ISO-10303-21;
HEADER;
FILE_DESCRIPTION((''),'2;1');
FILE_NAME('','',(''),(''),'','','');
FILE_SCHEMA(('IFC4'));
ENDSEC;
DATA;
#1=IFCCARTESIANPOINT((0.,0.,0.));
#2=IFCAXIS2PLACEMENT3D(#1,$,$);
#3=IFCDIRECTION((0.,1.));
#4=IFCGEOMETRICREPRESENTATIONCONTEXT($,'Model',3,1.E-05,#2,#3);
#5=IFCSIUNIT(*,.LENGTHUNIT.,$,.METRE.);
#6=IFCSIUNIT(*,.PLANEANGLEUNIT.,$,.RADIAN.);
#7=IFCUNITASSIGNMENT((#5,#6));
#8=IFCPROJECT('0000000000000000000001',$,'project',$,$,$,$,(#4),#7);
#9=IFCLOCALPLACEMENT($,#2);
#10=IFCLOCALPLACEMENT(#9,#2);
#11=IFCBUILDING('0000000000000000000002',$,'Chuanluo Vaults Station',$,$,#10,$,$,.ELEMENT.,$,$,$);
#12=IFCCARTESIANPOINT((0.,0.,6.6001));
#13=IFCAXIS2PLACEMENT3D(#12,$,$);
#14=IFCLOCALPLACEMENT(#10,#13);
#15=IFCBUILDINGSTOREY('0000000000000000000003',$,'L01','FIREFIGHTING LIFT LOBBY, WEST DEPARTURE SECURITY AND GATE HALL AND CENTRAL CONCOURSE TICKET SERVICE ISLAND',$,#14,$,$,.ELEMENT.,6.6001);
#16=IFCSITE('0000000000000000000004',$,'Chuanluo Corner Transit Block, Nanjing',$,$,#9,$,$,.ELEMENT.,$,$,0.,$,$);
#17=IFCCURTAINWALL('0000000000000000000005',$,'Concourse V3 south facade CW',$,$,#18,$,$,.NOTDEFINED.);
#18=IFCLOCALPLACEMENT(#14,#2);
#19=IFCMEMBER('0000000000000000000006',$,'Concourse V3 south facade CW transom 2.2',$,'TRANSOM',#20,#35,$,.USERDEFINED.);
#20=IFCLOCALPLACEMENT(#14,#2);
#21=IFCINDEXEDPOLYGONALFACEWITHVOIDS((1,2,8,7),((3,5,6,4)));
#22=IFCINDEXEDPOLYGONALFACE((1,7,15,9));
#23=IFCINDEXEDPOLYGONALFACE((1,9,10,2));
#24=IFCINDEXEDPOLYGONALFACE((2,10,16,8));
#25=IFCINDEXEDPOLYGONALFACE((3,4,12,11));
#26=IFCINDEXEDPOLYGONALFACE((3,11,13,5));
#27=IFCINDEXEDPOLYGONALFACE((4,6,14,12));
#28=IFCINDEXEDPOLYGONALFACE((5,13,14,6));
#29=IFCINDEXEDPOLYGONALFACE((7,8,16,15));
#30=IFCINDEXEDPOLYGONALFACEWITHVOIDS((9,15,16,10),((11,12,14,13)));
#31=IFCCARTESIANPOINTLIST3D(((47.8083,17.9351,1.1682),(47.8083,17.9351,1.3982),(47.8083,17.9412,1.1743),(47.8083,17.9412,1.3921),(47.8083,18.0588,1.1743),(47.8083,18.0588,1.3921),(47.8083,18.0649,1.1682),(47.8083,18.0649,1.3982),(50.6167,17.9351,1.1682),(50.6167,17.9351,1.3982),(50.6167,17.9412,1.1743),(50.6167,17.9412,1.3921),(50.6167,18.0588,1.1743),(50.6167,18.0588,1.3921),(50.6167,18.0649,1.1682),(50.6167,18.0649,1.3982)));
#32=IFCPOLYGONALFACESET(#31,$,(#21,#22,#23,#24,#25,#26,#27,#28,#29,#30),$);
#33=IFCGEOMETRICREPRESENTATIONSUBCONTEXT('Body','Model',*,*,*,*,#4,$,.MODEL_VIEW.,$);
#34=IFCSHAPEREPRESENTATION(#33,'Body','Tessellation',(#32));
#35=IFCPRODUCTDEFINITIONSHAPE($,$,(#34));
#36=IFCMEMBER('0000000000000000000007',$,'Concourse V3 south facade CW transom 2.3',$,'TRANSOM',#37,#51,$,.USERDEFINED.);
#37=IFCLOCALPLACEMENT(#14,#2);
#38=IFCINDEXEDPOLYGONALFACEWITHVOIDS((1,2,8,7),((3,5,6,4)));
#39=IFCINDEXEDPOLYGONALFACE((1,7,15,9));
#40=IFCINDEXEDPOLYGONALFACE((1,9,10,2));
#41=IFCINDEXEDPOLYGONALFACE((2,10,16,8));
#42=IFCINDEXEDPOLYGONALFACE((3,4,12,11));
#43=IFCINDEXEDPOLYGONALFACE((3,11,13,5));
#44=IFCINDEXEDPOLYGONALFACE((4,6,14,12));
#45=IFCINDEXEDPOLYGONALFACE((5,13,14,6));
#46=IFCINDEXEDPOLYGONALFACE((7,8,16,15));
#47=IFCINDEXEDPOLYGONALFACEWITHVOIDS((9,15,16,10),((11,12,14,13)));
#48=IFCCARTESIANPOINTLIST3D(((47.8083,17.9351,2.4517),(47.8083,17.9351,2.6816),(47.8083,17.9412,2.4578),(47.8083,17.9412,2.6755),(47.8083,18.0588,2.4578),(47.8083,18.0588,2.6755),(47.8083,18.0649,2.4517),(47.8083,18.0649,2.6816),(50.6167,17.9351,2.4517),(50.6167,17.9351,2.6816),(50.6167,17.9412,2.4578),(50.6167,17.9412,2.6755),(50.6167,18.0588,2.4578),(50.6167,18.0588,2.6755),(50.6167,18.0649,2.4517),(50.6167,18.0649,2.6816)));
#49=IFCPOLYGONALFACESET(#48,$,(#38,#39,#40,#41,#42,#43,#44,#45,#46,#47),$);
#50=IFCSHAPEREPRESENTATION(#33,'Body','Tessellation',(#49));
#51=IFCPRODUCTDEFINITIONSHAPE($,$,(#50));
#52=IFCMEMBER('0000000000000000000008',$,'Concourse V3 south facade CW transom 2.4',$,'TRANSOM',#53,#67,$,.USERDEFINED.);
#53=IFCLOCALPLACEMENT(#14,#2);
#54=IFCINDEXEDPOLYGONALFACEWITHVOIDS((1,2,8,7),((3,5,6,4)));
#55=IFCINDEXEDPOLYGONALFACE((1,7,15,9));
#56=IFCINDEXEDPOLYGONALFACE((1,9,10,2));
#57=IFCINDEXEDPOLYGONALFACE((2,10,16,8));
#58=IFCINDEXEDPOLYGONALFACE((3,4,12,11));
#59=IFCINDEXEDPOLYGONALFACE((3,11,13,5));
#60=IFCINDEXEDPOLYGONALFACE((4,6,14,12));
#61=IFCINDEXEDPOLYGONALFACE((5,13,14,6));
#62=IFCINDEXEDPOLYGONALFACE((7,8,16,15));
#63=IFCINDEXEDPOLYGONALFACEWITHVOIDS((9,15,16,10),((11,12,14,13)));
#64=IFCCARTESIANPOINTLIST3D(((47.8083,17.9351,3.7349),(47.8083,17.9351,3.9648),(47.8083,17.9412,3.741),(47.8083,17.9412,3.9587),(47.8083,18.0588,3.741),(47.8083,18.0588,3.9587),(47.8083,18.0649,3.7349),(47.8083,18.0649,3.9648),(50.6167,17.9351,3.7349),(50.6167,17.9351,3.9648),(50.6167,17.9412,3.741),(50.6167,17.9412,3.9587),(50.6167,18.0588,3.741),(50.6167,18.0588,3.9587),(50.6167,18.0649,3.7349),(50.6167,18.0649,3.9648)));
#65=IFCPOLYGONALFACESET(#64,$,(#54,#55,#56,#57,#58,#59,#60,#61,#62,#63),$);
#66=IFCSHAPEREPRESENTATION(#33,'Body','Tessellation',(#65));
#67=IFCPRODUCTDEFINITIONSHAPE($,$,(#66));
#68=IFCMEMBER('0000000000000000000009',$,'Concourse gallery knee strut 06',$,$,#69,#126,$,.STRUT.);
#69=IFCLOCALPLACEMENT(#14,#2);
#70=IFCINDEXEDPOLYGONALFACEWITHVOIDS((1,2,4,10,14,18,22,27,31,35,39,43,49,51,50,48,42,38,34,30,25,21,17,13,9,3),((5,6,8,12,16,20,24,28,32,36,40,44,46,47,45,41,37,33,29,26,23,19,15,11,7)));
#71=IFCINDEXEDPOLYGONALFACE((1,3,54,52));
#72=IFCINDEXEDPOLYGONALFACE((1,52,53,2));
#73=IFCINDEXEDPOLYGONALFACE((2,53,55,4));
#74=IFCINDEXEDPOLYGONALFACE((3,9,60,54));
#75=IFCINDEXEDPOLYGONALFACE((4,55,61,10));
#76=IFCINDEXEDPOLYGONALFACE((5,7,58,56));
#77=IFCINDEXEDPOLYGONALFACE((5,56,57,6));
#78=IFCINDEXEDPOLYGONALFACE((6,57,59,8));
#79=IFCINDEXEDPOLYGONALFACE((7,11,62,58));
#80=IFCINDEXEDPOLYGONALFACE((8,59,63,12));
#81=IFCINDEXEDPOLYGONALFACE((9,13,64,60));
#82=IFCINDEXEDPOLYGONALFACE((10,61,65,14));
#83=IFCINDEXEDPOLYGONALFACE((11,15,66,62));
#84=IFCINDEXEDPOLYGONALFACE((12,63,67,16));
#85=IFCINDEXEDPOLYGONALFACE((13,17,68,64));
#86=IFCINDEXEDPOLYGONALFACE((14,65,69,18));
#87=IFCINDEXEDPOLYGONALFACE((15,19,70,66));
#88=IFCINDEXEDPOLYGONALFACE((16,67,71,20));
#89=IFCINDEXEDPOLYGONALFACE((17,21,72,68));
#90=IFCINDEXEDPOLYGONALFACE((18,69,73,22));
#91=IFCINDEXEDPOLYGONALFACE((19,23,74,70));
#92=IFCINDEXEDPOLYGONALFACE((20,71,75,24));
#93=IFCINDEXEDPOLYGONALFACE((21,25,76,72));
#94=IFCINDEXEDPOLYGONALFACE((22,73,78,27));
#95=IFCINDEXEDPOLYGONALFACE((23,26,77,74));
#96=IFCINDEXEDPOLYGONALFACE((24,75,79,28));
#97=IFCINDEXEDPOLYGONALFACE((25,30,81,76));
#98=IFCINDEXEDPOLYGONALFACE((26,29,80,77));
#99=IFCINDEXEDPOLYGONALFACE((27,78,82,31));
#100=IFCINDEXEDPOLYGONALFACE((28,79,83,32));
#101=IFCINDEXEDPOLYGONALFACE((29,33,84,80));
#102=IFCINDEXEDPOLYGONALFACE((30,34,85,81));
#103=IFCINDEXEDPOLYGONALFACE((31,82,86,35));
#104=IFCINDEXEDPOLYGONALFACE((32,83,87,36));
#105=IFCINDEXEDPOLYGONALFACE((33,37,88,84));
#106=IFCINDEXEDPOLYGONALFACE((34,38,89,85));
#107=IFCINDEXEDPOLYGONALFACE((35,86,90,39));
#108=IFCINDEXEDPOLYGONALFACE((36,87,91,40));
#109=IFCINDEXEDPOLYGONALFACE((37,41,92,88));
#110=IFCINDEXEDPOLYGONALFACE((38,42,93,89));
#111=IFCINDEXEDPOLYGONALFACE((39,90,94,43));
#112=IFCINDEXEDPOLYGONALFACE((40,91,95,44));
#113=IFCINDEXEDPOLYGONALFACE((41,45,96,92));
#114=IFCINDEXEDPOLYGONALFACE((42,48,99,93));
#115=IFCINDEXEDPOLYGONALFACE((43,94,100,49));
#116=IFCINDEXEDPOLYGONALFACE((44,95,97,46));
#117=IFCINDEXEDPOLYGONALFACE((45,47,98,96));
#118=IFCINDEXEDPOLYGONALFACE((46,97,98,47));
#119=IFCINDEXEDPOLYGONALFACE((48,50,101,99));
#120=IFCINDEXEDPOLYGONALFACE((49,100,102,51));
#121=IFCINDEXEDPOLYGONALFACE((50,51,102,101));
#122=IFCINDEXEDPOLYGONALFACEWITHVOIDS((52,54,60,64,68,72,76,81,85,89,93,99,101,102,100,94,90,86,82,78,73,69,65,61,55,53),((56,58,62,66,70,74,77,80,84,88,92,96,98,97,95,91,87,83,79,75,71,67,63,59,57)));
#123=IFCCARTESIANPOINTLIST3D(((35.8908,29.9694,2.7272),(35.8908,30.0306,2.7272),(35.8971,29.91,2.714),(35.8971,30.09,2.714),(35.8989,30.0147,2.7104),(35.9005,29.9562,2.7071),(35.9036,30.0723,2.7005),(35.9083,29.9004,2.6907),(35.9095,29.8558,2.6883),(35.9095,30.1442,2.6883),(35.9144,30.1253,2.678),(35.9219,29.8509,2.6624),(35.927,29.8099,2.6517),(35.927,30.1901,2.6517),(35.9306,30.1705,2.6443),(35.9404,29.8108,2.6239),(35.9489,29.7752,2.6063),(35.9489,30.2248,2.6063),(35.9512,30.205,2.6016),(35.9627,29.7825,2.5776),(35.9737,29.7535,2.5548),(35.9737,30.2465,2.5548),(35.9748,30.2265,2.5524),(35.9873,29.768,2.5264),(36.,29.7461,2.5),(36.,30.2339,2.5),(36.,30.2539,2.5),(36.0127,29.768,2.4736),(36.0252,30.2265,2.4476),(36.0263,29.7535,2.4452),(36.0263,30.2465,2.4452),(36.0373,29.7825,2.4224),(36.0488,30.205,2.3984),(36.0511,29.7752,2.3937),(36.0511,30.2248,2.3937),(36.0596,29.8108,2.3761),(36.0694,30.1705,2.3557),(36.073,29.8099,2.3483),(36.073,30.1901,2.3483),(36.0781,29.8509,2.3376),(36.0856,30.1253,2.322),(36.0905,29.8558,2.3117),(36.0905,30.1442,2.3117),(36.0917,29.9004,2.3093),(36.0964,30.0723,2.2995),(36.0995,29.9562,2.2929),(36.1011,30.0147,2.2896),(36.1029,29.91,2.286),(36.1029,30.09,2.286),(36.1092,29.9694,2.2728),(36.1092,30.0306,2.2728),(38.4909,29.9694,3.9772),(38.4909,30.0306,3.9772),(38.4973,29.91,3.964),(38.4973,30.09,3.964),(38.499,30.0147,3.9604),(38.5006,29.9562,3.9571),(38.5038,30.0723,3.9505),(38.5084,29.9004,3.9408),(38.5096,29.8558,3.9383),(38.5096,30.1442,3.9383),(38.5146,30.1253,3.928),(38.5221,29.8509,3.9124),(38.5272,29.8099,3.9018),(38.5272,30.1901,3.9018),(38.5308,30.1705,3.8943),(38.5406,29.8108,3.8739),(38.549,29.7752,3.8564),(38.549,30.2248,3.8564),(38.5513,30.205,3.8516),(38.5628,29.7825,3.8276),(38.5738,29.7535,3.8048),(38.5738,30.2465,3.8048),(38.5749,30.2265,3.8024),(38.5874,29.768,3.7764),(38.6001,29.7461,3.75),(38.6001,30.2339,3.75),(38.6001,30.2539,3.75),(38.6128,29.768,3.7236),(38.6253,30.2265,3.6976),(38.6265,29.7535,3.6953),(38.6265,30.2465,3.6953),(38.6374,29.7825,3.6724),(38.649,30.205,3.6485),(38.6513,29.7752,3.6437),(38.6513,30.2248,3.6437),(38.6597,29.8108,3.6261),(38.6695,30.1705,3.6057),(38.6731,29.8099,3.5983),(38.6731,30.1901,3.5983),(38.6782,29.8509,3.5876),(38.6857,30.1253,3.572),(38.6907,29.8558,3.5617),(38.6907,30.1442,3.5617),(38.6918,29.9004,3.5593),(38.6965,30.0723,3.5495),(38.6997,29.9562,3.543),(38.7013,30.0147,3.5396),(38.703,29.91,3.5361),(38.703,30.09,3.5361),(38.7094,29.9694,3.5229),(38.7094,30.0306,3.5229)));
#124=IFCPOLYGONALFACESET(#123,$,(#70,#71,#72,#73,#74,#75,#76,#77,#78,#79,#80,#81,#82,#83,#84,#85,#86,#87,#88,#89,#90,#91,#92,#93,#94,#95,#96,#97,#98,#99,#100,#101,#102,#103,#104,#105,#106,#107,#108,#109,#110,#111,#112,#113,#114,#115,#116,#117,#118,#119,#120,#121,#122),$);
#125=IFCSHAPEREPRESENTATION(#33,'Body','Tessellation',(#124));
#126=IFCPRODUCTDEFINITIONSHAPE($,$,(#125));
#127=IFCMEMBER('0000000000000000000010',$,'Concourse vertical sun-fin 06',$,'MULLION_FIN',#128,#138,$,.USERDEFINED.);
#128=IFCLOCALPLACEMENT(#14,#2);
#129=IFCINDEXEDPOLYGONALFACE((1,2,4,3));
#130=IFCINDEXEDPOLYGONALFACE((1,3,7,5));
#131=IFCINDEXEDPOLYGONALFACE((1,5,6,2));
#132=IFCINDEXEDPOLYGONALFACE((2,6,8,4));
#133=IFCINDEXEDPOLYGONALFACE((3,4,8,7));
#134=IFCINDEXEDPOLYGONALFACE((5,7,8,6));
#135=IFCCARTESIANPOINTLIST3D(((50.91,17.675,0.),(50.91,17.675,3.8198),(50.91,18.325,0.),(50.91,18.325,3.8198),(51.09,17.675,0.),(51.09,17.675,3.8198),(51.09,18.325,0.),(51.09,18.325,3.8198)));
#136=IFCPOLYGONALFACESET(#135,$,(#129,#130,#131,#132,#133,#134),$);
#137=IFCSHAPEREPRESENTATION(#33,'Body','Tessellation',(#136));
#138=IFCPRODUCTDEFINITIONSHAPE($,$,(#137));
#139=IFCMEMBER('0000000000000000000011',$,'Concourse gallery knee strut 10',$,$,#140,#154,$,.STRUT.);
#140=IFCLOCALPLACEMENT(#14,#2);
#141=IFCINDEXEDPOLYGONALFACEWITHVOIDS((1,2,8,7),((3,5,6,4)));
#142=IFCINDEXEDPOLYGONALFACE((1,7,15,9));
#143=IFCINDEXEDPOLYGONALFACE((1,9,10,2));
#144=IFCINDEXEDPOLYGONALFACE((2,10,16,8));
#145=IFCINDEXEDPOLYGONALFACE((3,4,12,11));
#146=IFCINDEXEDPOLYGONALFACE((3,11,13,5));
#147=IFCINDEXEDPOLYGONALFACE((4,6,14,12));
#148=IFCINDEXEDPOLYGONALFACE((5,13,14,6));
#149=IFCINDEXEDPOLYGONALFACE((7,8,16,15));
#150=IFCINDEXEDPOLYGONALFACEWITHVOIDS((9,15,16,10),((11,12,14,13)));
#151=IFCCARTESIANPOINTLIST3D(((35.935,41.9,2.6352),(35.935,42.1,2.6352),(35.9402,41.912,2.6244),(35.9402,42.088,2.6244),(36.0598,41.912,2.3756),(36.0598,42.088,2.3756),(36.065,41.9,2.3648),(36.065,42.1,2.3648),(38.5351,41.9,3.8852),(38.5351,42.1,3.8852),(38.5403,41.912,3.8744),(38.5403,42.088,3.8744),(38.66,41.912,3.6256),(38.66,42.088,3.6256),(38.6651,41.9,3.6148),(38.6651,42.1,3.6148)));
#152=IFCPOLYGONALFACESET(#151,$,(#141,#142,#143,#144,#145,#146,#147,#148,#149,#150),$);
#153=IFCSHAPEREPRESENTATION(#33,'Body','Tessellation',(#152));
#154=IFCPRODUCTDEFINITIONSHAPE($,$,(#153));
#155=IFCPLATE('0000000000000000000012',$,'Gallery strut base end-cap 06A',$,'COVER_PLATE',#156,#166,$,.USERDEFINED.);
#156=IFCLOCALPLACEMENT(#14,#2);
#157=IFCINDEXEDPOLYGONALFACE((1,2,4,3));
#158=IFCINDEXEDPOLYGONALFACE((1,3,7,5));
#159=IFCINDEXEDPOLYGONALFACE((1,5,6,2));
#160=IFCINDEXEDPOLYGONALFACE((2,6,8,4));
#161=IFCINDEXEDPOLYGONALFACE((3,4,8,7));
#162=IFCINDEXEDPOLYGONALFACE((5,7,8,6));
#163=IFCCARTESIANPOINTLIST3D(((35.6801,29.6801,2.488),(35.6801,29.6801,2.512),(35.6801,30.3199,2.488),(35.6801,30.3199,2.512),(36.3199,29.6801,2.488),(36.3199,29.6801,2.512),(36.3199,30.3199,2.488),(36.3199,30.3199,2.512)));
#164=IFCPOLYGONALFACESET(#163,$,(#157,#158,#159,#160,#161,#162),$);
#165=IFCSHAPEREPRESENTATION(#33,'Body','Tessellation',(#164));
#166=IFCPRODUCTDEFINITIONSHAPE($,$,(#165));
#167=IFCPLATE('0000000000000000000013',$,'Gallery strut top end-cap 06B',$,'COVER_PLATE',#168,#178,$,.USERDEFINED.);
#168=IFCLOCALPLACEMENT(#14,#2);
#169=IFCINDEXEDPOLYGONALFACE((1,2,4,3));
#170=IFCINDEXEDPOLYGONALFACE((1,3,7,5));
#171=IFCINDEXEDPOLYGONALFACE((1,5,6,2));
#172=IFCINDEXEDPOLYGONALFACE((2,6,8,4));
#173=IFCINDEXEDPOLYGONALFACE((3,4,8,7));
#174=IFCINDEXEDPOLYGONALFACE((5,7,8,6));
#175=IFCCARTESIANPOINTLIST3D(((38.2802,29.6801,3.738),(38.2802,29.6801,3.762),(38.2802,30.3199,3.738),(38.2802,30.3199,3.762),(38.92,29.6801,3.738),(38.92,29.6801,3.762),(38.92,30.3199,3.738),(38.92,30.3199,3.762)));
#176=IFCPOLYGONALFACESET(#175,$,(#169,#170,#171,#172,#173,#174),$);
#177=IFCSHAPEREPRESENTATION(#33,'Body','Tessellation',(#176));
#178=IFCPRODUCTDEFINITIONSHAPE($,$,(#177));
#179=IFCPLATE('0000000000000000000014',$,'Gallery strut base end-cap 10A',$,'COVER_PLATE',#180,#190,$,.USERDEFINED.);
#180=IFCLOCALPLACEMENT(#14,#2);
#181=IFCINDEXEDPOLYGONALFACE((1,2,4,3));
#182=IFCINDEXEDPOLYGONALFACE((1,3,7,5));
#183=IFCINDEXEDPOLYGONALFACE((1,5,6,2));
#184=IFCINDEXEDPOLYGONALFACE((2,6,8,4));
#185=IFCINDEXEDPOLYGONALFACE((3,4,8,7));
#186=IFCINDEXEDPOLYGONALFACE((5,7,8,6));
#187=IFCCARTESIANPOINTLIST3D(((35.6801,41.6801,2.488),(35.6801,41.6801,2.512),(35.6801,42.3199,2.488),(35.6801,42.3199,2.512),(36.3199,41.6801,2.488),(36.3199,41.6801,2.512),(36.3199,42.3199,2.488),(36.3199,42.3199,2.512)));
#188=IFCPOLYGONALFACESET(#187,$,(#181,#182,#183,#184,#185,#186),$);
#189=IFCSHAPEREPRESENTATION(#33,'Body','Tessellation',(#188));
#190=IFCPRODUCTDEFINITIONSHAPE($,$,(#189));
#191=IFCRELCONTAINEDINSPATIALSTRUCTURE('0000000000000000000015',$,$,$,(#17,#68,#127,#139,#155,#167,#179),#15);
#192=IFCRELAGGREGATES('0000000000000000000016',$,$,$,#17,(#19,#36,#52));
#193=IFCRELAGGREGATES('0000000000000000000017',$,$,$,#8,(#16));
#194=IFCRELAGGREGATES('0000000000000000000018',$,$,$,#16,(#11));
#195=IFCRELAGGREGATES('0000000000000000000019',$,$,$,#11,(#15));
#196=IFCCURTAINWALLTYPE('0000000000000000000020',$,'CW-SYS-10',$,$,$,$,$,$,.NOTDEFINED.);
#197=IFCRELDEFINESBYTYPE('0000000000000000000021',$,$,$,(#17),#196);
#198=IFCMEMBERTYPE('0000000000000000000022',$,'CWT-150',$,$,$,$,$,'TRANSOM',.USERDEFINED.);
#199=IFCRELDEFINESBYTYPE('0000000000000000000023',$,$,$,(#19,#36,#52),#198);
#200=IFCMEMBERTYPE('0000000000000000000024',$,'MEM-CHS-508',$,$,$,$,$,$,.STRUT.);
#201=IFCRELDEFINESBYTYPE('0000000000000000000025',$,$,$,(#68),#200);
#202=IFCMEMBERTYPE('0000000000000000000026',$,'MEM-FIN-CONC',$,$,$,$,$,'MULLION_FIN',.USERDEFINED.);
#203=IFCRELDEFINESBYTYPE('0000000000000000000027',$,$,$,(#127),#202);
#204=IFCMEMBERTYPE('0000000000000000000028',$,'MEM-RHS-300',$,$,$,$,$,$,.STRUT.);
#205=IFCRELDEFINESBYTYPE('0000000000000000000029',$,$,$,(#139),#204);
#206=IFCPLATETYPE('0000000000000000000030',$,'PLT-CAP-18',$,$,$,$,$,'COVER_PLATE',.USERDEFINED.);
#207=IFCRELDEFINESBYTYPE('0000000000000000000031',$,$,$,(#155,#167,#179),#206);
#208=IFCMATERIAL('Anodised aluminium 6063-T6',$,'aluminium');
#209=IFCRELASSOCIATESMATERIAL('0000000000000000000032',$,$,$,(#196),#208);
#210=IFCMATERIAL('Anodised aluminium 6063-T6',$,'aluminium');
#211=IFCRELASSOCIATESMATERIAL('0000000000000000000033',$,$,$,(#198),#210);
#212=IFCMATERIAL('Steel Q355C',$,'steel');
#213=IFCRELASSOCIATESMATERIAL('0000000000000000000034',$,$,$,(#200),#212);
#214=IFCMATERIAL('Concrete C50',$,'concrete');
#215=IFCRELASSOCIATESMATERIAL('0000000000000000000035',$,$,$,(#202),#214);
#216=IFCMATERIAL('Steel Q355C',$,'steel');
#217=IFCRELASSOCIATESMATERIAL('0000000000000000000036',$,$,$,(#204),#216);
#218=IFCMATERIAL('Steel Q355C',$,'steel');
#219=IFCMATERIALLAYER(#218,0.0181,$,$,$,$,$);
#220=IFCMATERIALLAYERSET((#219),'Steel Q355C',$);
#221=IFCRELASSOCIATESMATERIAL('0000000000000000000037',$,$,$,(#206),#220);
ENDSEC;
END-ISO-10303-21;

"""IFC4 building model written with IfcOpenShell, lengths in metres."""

from ifc_helpers import new_model, si_unit, direction, frame, origin, origin_2d, place, context, subcontext, project, spatial, rectangle, hollow_rectangle, hollow_circle, extrude, material, layer, layer_set, material_profile, profile_set, type_object, element, aggregate, save


model = new_model("IFC4")

# Units and contexts
model_context = context("Model", 3, precision=1e-05, world=origin(), true_north=direction((0.0, 1.0)))
body_context = subcontext(model_context, "Body", "Model", "MODEL_VIEW")
ifc_project = project(units=[si_unit("LENGTHUNIT", "METRE"), si_unit("PLANEANGLEUNIT", "RADIAN")], contexts=[model_context])

# Site, building, storey
site_placement = place(None, origin())
site = spatial("IfcSite", under=ifc_project, at=site_placement, Name="Chuanluo Corner Transit Block, Nanjing", CompositionType="ELEMENT", RefElevation=0.0)
building_placement = place(site_placement, origin())
building = spatial("IfcBuilding", under=site, at=building_placement, Name="Chuanluo Vaults Station", CompositionType="ELEMENT")
storey_placement = place(building_placement, frame((0.0, 0.0, 6.6001)))
storey = spatial("IfcBuildingStorey", under=building, at=storey_placement, Name="L01", Description="FIREFIGHTING LIFT LOBBY, WEST DEPARTURE SECURITY AND GATE HALL AND CENTRAL CONCOURSE TICKET SERVICE ISLAND", CompositionType="ELEMENT", Elevation=6.6001)

# Curtain wall, members
ifc_material_1 = material(Name="Anodised aluminium 6063-T6", Category="aluminium")
curtain_wall_type = type_object("IfcCurtainWallType", Name="CW-SYS-10", PredefinedType="NOTDEFINED", material=ifc_material_1)
curtain_wall_placement = place(storey_placement, origin())
curtain_wall = element("IfcCurtainWall", 1, at=curtain_wall_placement, inside=storey, type_object=curtain_wall_type, Name="Concourse V3 south facade CW", PredefinedType="NOTDEFINED")
ifc_material_2 = material(Name="Anodised aluminium 6063-T6", Category="aluminium")
ifc_material_profile_1 = material_profile(ifc_material_2, hollow_rectangle(XDim=0.1299, YDim=0.23, WallThickness=0.0061, at=origin_2d()))
ifc_profile_set_1 = profile_set([ifc_material_profile_1], Name="Anodised aluminium 6063-T6")
member_type_1 = type_object("IfcMemberType", Name="CWT-150", ElementType="TRANSOM", PredefinedType="USERDEFINED", material=ifc_profile_set_1)
member_1_placement = place(storey_placement, frame((50.6167, 18.0, 1.2832), z_axis=(-1.0, 0.0, 0.0), x_axis=(0.0, -1.0, 0.0)))
member_1 = element("IfcMember", 2, at=member_1_placement, type_object=member_type_1, Name="Concourse V3 south facade CW transom 2.2", ObjectType="TRANSOM", PredefinedType="USERDEFINED", context=body_context, shape_type="SweptSolid", body=[
    extrude(hollow_rectangle(XDim=0.1299, YDim=0.23, WallThickness=0.0061, at=origin_2d()), origin(), (0.0, 0.0, 1.0), 2.8083),
])
member_2_placement = place(storey_placement, frame((50.6167, 18.0, 2.5667), z_axis=(-1.0, 0.0, 0.0), x_axis=(0.0, -1.0, 0.0)))
member_2 = element("IfcMember", 3, at=member_2_placement, type_object=member_type_1, Name="Concourse V3 south facade CW transom 2.3", ObjectType="TRANSOM", PredefinedType="USERDEFINED", context=body_context, shape_type="SweptSolid", body=[
    extrude(hollow_rectangle(XDim=0.1299, YDim=0.23, WallThickness=0.0061, at=origin_2d()), origin(), (0.0, 0.0, 1.0), 2.8083),
])
member_3_placement = place(storey_placement, frame((50.6167, 18.0, 3.8499), z_axis=(-1.0, 0.0, 0.0), x_axis=(0.0, -1.0, 0.0)))
member_3 = element("IfcMember", 4, at=member_3_placement, type_object=member_type_1, Name="Concourse V3 south facade CW transom 2.4", ObjectType="TRANSOM", PredefinedType="USERDEFINED", context=body_context, shape_type="SweptSolid", body=[
    extrude(hollow_rectangle(XDim=0.1299, YDim=0.23, WallThickness=0.0061, at=origin_2d()), origin(), (0.0, 0.0, 1.0), 2.8083),
])
aggregate(curtain_wall, [member_1, member_2, member_3])

# Members
ifc_material_3 = material(Name="Steel Q355C", Category="steel")
ifc_material_profile_2 = material_profile(ifc_material_3, hollow_circle(Radius=0.2539, WallThickness=0.02, at=origin_2d()))
ifc_profile_set_2 = profile_set([ifc_material_profile_2], Name="Steel Q355C")
member_type_2 = type_object("IfcMemberType", Name="MEM-CHS-508", PredefinedType="STRUT", material=ifc_profile_set_2)
member_4_placement = place(storey_placement, frame((36.0, 30.0, 2.5), z_axis=(0.901259, 0.0, 0.433281), x_axis=(0.0, 1.0, 0.0)))
element("IfcMember", 5, at=member_4_placement, inside=storey, type_object=member_type_2, Name="Concourse gallery knee strut 06", PredefinedType="STRUT", context=body_context, shape_type="SweptSolid", body=[
    extrude(hollow_circle(Radius=0.2539, WallThickness=0.02, at=origin_2d()), origin(), (0.0, 0.0, 1.0), 2.885),
])
ifc_material_4 = material(Name="Concrete C50", Category="concrete")
ifc_material_profile_3 = material_profile(ifc_material_4, rectangle(XDim=0.1799, YDim=0.6499, at=origin_2d()))
ifc_profile_set_3 = profile_set([ifc_material_profile_3], Name="Concrete C50")
member_type_3 = type_object("IfcMemberType", Name="MEM-FIN-CONC", ElementType="MULLION_FIN", PredefinedType="USERDEFINED", material=ifc_profile_set_3)
member_5_placement = place(storey_placement, frame((51.0, 18.0, 0.0), z_axis=(0.0, 0.0, 1.0), x_axis=(1.0, 0.0, 0.0)))
element("IfcMember", 6, at=member_5_placement, inside=storey, type_object=member_type_3, Name="Concourse vertical sun-fin 06", ObjectType="MULLION_FIN", PredefinedType="USERDEFINED", context=body_context, shape_type="SweptSolid", body=[
    extrude(rectangle(XDim=0.1799, YDim=0.6499, at=origin_2d()), origin(), (0.0, 0.0, 1.0), 3.8198),
])
ifc_material_5 = material(Name="Steel Q355C", Category="steel")
ifc_material_profile_4 = material_profile(ifc_material_5, hollow_rectangle(XDim=0.2, YDim=0.3, WallThickness=0.012, at=origin_2d()))
ifc_profile_set_4 = profile_set([ifc_material_profile_4], Name="Steel Q355C")
member_type_4 = type_object("IfcMemberType", Name="MEM-RHS-300", PredefinedType="STRUT", material=ifc_profile_set_4)
member_6_placement = place(storey_placement, frame((36.0, 42.0, 2.5), z_axis=(0.901259, 0.0, 0.433281), x_axis=(0.0, 1.0, 0.0)))
element("IfcMember", 7, at=member_6_placement, inside=storey, type_object=member_type_4, Name="Concourse gallery knee strut 10", PredefinedType="STRUT", context=body_context, shape_type="SweptSolid", body=[
    extrude(hollow_rectangle(XDim=0.2, YDim=0.3, WallThickness=0.012, at=origin_2d()), origin(), (0.0, 0.0, 1.0), 2.885),
])

# Plates
ifc_material_6 = material(Name="Steel Q355C", Category="steel")
ifc_layer_1 = layer(ifc_material_6, 0.0181)
ifc_layer_set_1 = layer_set([ifc_layer_1], Name="Steel Q355C")
plate_type = type_object("IfcPlateType", Name="PLT-CAP-18", ElementType="COVER_PLATE", PredefinedType="USERDEFINED", material=ifc_layer_set_1)
for number, where, z_axis, x_axis, name in (
    (8, (36.0, 30.0, 2.488), (0.0, 0.0, 1.0), (1.0, 0.0, 0.0), "Gallery strut base end-cap 06A"),
    (9, (38.6001, 30.0, 3.738), (0.0, 0.0, 1.0), (1.0, 0.0, 0.0), "Gallery strut top end-cap 06B"),
    (10, (36.0, 42.0, 2.488), (0.0, 0.0, 1.0), (1.0, 0.0, 0.0), "Gallery strut base end-cap 10A"),
):
    element("IfcPlate", number, at=place(storey_placement, frame(where, z_axis=z_axis, x_axis=x_axis)), inside=storey, type_object=plate_type, Name=name, ObjectType="COVER_PLATE", PredefinedType="USERDEFINED", context=body_context, shape_type="SweptSolid", body=[
        extrude(rectangle(XDim=0.6399, YDim=0.6399, at=origin_2d()), origin(), (0.0, 0.0, 1.0), 0.0239),
    ])

save(model, "model.ifc")
